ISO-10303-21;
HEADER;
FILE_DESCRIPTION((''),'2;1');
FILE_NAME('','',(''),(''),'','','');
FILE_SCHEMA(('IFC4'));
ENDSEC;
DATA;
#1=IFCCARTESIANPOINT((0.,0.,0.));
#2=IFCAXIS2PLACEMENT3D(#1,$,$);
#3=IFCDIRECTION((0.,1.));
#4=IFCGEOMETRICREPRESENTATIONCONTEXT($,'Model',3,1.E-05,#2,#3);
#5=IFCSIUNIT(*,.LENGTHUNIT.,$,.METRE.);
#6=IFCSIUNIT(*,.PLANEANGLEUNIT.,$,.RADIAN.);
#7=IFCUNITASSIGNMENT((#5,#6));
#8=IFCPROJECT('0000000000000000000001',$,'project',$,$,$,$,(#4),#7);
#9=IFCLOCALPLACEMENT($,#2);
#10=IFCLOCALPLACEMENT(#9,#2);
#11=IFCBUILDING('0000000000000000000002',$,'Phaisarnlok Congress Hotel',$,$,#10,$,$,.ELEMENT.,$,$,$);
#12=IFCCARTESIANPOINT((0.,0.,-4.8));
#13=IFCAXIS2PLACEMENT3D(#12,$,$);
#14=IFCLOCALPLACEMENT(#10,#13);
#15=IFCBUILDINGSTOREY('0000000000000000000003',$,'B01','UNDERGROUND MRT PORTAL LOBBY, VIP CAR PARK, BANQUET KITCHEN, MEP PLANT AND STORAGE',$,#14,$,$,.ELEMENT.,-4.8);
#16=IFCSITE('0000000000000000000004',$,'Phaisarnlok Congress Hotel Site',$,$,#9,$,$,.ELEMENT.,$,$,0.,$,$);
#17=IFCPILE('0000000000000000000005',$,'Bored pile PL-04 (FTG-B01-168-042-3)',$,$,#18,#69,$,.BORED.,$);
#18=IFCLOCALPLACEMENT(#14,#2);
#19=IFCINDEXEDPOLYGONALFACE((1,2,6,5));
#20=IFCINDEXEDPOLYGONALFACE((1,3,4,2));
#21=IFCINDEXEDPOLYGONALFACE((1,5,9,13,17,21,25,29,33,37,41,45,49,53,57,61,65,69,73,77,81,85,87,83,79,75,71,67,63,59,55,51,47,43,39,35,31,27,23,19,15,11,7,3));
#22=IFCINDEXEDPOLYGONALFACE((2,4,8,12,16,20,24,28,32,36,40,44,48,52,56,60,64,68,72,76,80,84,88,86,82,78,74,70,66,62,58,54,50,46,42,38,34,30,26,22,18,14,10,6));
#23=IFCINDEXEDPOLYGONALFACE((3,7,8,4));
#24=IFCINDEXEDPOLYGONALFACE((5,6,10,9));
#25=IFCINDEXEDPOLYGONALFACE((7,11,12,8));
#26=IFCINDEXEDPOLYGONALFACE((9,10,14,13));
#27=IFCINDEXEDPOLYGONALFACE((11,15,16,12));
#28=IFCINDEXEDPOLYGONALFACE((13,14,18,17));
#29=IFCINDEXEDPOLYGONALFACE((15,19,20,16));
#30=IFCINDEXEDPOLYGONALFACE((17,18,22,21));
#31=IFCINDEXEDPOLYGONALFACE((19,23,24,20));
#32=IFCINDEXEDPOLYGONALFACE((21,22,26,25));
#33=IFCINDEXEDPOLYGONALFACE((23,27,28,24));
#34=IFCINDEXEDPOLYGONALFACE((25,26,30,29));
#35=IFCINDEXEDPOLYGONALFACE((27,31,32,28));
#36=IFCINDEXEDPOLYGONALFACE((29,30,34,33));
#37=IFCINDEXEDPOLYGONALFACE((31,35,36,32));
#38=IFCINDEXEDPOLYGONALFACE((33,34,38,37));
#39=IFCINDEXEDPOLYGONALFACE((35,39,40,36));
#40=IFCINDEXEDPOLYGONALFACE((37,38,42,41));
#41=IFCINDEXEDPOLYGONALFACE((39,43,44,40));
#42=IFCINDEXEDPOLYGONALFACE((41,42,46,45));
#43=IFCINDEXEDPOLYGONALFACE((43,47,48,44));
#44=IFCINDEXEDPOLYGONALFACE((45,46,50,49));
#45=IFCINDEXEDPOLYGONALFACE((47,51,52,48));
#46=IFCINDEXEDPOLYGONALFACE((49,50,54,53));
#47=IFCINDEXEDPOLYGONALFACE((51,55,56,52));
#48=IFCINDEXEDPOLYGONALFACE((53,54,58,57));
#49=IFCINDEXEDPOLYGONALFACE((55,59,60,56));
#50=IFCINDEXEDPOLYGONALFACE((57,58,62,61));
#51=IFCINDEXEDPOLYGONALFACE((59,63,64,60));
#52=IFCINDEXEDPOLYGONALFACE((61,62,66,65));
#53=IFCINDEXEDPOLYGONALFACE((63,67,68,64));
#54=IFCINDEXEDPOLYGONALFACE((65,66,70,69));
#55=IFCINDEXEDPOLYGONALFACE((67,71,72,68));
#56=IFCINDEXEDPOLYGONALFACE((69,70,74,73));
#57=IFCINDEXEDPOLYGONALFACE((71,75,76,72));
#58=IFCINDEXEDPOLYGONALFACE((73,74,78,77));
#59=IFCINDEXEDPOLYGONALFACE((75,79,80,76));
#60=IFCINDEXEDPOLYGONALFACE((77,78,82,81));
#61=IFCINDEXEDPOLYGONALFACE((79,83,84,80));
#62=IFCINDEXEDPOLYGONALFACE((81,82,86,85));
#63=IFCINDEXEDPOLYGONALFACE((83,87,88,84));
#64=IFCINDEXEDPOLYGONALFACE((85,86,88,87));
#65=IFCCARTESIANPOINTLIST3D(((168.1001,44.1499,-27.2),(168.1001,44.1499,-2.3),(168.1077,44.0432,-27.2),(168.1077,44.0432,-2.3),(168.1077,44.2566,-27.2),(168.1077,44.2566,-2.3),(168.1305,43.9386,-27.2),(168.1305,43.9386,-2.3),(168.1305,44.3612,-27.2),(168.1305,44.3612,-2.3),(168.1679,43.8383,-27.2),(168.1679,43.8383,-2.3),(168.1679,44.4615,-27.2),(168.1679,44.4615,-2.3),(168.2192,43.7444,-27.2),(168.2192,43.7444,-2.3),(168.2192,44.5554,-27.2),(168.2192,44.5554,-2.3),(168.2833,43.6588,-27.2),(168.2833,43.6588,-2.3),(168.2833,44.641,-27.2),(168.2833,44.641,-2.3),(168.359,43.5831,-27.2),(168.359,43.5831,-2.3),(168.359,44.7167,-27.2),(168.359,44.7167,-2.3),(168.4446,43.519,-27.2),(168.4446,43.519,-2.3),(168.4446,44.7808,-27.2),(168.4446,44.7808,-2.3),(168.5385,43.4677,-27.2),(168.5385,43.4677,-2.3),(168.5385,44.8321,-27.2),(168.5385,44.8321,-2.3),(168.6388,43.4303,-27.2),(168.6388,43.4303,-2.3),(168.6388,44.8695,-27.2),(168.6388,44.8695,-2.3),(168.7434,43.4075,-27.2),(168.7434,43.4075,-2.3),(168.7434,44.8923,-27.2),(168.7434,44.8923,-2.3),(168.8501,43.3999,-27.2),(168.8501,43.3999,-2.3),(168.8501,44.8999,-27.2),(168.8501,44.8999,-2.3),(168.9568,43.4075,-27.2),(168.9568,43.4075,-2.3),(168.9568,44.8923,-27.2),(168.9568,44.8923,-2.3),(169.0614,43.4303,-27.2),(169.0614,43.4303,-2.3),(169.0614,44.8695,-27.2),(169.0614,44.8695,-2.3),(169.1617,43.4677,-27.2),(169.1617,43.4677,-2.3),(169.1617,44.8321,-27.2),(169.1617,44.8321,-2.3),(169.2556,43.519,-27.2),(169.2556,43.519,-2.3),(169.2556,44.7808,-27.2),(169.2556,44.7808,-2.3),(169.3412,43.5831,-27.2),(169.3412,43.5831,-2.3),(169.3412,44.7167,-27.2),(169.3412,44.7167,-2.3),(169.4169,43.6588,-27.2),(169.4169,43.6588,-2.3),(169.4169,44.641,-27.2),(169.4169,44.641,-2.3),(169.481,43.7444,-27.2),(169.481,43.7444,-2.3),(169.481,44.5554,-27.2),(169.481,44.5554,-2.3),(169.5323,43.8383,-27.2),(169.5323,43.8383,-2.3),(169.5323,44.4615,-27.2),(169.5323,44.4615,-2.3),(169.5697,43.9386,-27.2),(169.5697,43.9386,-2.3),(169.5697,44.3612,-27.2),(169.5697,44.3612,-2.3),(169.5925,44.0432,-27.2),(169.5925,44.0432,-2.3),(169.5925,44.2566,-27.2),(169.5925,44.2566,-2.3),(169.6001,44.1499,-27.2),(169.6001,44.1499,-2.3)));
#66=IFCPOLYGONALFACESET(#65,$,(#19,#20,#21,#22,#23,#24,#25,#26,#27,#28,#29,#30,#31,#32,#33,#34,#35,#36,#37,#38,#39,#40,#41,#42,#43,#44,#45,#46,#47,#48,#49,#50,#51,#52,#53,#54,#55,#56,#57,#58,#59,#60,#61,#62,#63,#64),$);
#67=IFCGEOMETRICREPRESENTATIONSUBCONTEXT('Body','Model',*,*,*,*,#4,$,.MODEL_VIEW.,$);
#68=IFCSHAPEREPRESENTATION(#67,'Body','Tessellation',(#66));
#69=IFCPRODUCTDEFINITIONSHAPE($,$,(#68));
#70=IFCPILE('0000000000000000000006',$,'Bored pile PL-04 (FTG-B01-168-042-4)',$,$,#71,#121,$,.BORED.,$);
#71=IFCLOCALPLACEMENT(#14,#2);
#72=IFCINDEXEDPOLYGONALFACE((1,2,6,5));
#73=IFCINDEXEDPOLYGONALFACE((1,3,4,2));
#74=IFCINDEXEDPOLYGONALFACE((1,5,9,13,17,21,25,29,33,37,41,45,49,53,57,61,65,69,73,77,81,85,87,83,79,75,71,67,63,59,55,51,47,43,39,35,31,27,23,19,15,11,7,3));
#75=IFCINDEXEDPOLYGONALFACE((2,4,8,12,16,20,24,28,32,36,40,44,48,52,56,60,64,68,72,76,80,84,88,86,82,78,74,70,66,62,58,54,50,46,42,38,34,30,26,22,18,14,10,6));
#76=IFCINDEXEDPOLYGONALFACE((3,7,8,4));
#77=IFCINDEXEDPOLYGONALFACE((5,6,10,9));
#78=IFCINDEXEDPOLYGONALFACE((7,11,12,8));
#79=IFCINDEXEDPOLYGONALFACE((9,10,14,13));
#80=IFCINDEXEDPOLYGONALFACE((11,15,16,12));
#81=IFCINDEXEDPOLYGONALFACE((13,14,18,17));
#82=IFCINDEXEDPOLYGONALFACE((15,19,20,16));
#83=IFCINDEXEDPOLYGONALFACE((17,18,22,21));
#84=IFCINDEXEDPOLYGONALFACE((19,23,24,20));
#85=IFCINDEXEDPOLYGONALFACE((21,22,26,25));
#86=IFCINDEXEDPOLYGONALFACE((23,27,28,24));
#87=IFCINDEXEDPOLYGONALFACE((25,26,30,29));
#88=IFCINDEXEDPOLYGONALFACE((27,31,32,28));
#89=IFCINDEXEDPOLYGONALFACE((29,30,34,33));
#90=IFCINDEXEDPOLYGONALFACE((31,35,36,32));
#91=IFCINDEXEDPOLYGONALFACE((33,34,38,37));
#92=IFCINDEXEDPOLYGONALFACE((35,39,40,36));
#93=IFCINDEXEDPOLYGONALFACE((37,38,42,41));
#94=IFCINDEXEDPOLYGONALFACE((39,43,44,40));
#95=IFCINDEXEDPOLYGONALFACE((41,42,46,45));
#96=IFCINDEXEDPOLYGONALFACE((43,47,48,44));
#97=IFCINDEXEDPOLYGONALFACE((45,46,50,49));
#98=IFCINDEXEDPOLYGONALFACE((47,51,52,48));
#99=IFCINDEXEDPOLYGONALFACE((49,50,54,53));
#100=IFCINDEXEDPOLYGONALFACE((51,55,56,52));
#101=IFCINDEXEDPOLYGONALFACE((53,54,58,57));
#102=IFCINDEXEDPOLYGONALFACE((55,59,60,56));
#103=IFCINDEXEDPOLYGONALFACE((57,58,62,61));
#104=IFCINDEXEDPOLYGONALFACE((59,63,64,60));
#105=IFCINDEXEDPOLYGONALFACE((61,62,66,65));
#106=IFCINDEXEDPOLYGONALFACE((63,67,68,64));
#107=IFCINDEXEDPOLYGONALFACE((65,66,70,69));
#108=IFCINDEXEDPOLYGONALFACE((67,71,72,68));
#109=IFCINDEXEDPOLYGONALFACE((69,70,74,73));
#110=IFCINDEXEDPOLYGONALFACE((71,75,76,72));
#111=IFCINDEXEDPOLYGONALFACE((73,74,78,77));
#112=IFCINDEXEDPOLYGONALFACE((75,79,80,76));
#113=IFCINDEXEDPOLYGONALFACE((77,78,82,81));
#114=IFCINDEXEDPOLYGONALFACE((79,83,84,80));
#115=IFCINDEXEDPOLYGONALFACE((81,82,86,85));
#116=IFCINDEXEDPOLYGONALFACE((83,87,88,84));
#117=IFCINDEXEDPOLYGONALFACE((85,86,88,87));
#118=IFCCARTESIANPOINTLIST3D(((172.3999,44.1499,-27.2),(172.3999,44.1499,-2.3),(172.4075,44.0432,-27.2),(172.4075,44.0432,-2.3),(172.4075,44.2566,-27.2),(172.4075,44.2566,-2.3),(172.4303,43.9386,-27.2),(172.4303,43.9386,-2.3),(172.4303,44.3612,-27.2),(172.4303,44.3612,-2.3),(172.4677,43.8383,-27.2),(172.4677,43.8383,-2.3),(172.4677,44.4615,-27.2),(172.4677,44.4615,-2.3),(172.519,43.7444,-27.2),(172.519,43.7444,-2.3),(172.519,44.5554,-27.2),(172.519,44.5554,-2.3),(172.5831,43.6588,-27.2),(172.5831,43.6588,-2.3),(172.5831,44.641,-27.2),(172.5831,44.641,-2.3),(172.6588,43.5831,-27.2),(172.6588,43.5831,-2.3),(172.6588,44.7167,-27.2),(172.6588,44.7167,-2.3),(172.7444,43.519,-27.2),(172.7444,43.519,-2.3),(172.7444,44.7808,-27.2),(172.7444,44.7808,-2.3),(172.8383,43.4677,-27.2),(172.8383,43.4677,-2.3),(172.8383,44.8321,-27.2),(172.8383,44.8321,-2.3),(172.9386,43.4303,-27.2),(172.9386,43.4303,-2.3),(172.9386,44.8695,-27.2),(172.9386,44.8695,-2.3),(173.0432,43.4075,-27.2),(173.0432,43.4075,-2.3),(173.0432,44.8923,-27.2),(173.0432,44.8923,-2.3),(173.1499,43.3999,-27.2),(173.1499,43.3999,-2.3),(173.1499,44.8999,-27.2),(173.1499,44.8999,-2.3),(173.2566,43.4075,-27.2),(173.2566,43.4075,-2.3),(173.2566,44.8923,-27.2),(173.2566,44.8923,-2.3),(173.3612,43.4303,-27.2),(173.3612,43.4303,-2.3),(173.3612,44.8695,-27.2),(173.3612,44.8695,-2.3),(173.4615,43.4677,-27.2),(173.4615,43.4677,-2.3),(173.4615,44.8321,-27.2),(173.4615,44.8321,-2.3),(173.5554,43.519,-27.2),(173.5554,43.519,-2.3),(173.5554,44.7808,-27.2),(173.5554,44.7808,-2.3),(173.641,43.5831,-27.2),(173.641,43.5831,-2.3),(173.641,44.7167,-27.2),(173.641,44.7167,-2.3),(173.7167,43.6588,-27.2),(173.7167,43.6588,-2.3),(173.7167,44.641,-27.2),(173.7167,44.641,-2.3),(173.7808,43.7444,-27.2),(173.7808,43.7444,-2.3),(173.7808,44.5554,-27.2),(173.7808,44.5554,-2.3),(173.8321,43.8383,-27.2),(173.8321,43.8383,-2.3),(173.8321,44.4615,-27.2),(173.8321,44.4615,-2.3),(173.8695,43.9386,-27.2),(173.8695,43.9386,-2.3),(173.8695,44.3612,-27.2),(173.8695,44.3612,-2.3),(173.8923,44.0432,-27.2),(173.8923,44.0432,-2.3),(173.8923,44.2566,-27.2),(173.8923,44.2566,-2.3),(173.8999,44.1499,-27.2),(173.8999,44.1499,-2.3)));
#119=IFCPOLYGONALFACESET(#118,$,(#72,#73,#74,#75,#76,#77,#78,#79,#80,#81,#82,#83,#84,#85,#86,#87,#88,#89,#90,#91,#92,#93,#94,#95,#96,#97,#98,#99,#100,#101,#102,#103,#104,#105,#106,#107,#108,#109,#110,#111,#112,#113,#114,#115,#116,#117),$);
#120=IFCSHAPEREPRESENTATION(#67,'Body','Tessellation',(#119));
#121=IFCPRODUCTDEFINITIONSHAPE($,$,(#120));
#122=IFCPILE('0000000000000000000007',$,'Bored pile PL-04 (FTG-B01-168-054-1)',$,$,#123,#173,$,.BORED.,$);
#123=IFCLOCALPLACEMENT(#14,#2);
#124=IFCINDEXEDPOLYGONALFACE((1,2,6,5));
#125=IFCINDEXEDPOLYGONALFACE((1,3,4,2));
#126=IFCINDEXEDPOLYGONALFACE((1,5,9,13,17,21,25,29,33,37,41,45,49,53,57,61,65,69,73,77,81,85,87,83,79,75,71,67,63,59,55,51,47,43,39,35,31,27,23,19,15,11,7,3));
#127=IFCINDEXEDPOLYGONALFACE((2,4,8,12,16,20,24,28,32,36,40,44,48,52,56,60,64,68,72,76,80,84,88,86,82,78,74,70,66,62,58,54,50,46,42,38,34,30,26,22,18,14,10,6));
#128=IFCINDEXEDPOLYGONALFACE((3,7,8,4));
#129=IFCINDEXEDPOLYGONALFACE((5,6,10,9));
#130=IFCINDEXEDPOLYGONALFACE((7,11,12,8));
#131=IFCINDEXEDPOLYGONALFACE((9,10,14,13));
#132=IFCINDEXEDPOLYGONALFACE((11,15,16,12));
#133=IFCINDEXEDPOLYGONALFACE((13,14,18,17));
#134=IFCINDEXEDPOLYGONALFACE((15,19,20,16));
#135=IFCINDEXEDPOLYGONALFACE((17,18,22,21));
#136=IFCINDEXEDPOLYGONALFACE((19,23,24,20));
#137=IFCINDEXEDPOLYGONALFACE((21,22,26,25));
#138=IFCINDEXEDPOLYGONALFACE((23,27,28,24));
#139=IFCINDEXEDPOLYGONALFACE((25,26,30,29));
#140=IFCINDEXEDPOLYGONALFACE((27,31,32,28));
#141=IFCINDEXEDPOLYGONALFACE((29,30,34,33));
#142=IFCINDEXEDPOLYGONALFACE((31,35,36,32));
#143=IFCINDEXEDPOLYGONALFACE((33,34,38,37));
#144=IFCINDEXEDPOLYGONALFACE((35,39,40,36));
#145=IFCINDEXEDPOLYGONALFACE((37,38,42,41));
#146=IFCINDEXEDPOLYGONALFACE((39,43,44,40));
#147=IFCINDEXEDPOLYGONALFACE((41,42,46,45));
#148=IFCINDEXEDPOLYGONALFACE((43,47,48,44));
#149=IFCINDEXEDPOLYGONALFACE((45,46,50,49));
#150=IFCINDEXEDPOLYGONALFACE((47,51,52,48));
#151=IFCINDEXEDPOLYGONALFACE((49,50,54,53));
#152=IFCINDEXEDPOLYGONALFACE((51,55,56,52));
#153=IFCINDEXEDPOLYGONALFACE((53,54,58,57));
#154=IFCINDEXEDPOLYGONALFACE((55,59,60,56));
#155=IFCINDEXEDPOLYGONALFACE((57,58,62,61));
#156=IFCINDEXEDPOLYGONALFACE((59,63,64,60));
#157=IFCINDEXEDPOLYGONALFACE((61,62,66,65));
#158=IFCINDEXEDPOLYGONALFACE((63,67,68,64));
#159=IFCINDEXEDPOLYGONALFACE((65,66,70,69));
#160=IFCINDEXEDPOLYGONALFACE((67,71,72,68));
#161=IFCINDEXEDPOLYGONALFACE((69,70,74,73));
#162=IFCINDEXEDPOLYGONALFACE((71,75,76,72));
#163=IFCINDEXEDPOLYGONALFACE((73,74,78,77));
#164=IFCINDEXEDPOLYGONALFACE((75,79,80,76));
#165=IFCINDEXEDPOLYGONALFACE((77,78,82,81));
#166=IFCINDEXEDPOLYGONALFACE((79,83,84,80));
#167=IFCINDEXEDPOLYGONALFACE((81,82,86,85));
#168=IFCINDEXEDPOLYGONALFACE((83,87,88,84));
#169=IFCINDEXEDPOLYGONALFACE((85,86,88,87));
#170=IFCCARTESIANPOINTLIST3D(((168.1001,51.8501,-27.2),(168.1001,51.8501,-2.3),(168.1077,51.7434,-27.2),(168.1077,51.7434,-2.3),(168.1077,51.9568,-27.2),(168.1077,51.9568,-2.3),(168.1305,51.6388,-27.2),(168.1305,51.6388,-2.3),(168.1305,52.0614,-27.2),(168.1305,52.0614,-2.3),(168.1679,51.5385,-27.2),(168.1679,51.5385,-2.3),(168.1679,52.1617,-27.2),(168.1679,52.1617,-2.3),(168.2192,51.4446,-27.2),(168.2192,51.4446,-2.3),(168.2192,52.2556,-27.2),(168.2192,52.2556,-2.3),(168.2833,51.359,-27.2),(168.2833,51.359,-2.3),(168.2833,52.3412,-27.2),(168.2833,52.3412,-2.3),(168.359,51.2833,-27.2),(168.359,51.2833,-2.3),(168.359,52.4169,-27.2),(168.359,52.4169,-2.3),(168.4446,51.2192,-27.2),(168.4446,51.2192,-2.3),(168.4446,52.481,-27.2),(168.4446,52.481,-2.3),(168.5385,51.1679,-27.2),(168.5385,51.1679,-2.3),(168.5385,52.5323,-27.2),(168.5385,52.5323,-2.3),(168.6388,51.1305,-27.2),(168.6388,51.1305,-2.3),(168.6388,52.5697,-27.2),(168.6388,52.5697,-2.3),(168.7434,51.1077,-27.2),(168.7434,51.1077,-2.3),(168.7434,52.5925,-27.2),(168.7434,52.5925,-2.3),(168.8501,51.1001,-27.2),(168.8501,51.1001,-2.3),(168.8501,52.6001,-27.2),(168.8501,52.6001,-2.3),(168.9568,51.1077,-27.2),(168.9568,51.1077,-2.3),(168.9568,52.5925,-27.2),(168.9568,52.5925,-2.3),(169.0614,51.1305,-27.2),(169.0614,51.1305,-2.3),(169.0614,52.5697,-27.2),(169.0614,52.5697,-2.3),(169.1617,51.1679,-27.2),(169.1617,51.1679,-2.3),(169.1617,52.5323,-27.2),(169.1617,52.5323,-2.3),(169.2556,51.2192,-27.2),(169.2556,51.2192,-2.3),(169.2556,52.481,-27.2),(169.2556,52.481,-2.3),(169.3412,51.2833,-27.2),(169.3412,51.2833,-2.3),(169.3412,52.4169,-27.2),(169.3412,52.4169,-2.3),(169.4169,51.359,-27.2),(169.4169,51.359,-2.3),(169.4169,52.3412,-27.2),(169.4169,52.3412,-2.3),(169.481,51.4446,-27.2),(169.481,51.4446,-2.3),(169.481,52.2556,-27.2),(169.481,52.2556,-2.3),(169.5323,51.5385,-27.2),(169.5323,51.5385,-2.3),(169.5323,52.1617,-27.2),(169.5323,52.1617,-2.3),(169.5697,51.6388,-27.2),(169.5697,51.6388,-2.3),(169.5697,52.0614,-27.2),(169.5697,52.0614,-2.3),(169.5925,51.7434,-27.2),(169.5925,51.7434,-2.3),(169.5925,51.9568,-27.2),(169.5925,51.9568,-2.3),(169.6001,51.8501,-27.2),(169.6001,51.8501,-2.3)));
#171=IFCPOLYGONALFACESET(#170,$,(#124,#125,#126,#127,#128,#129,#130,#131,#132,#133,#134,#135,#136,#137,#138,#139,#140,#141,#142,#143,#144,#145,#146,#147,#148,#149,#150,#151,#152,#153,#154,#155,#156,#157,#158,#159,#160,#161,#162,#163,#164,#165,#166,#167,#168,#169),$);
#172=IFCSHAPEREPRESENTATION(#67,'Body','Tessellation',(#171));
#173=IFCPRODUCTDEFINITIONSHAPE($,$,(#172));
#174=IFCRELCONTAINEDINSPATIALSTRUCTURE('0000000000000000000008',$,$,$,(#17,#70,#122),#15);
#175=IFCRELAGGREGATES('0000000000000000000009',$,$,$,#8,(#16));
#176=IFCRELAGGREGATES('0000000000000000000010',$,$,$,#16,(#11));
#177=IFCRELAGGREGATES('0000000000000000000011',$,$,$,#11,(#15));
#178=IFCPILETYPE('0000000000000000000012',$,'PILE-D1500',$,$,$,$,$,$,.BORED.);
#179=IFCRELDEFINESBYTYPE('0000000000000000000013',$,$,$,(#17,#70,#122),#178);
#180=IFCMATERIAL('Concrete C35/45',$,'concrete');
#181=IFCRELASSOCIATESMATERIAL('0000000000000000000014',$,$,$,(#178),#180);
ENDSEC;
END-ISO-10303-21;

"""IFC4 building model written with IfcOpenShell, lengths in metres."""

from ifc_helpers import new_model, si_unit, direction, frame, origin, origin_2d, place, context, subcontext, project, spatial, circle, extrude, material, material_profile, profile_set, type_object, element, save


model = new_model("IFC4")

# Units and contexts
model_context = context("Model", 3, precision=1e-05, world=origin(), true_north=direction((0.0, 1.0)))
body_context = subcontext(model_context, "Body", "Model", "MODEL_VIEW")
ifc_project = project(units=[si_unit("LENGTHUNIT", "METRE"), si_unit("PLANEANGLEUNIT", "RADIAN")], contexts=[model_context])

# Site, building, storey
site_placement = place(None, origin())
site = spatial("IfcSite", under=ifc_project, at=site_placement, Name="Phaisarnlok Congress Hotel Site", CompositionType="ELEMENT", RefElevation=0.0)
building_placement = place(site_placement, origin())
building = spatial("IfcBuilding", under=site, at=building_placement, Name="Phaisarnlok Congress Hotel", CompositionType="ELEMENT")
storey_placement = place(building_placement, frame((0.0, 0.0, -4.8)))
storey = spatial("IfcBuildingStorey", under=building, at=storey_placement, Name="B01", Description="UNDERGROUND MRT PORTAL LOBBY, VIP CAR PARK, BANQUET KITCHEN, MEP PLANT AND STORAGE", CompositionType="ELEMENT", Elevation=-4.8)

# Piles
ifc_material_1 = material(Name="Concrete C35/45", Category="concrete")
ifc_material_profile_1 = material_profile(ifc_material_1, circle(Radius=0.75, at=origin_2d()), Name="BORED PILE D1500")
ifc_profile_set_1 = profile_set([ifc_material_profile_1], Name="Concrete C35/45")
pile_type_1 = type_object("IfcPileType", Name="PILE-D1500", PredefinedType="BORED", material=ifc_profile_set_1)
for number, where, z_axis, x_axis, name in (
    (1, (168.8501, 44.1499, -2.3), (0.0, 0.0, -1.0), (1.0, 0.0, 0.0), "Bored pile PL-04 (FTG-B01-168-042-3)"),
    (2, (173.1499, 44.1499, -2.3), (0.0, 0.0, -1.0), (1.0, 0.0, 0.0), "Bored pile PL-04 (FTG-B01-168-042-4)"),
    (3, (168.8501, 51.8501, -2.3), (0.0, 0.0, -1.0), (1.0, 0.0, 0.0), "Bored pile PL-04 (FTG-B01-168-054-1)"),
):
    element("IfcPile", number, at=place(storey_placement, frame(where, z_axis=z_axis, x_axis=x_axis)), inside=storey, type_object=pile_type_1, Name=name, PredefinedType="BORED", context=body_context, shape_type="SweptSolid", body=[
        extrude(circle(Radius=0.75, at=origin_2d()), origin(), (0.0, 0.0, 1.0), 24.8999),
    ])

save(model, "model.ifc")
